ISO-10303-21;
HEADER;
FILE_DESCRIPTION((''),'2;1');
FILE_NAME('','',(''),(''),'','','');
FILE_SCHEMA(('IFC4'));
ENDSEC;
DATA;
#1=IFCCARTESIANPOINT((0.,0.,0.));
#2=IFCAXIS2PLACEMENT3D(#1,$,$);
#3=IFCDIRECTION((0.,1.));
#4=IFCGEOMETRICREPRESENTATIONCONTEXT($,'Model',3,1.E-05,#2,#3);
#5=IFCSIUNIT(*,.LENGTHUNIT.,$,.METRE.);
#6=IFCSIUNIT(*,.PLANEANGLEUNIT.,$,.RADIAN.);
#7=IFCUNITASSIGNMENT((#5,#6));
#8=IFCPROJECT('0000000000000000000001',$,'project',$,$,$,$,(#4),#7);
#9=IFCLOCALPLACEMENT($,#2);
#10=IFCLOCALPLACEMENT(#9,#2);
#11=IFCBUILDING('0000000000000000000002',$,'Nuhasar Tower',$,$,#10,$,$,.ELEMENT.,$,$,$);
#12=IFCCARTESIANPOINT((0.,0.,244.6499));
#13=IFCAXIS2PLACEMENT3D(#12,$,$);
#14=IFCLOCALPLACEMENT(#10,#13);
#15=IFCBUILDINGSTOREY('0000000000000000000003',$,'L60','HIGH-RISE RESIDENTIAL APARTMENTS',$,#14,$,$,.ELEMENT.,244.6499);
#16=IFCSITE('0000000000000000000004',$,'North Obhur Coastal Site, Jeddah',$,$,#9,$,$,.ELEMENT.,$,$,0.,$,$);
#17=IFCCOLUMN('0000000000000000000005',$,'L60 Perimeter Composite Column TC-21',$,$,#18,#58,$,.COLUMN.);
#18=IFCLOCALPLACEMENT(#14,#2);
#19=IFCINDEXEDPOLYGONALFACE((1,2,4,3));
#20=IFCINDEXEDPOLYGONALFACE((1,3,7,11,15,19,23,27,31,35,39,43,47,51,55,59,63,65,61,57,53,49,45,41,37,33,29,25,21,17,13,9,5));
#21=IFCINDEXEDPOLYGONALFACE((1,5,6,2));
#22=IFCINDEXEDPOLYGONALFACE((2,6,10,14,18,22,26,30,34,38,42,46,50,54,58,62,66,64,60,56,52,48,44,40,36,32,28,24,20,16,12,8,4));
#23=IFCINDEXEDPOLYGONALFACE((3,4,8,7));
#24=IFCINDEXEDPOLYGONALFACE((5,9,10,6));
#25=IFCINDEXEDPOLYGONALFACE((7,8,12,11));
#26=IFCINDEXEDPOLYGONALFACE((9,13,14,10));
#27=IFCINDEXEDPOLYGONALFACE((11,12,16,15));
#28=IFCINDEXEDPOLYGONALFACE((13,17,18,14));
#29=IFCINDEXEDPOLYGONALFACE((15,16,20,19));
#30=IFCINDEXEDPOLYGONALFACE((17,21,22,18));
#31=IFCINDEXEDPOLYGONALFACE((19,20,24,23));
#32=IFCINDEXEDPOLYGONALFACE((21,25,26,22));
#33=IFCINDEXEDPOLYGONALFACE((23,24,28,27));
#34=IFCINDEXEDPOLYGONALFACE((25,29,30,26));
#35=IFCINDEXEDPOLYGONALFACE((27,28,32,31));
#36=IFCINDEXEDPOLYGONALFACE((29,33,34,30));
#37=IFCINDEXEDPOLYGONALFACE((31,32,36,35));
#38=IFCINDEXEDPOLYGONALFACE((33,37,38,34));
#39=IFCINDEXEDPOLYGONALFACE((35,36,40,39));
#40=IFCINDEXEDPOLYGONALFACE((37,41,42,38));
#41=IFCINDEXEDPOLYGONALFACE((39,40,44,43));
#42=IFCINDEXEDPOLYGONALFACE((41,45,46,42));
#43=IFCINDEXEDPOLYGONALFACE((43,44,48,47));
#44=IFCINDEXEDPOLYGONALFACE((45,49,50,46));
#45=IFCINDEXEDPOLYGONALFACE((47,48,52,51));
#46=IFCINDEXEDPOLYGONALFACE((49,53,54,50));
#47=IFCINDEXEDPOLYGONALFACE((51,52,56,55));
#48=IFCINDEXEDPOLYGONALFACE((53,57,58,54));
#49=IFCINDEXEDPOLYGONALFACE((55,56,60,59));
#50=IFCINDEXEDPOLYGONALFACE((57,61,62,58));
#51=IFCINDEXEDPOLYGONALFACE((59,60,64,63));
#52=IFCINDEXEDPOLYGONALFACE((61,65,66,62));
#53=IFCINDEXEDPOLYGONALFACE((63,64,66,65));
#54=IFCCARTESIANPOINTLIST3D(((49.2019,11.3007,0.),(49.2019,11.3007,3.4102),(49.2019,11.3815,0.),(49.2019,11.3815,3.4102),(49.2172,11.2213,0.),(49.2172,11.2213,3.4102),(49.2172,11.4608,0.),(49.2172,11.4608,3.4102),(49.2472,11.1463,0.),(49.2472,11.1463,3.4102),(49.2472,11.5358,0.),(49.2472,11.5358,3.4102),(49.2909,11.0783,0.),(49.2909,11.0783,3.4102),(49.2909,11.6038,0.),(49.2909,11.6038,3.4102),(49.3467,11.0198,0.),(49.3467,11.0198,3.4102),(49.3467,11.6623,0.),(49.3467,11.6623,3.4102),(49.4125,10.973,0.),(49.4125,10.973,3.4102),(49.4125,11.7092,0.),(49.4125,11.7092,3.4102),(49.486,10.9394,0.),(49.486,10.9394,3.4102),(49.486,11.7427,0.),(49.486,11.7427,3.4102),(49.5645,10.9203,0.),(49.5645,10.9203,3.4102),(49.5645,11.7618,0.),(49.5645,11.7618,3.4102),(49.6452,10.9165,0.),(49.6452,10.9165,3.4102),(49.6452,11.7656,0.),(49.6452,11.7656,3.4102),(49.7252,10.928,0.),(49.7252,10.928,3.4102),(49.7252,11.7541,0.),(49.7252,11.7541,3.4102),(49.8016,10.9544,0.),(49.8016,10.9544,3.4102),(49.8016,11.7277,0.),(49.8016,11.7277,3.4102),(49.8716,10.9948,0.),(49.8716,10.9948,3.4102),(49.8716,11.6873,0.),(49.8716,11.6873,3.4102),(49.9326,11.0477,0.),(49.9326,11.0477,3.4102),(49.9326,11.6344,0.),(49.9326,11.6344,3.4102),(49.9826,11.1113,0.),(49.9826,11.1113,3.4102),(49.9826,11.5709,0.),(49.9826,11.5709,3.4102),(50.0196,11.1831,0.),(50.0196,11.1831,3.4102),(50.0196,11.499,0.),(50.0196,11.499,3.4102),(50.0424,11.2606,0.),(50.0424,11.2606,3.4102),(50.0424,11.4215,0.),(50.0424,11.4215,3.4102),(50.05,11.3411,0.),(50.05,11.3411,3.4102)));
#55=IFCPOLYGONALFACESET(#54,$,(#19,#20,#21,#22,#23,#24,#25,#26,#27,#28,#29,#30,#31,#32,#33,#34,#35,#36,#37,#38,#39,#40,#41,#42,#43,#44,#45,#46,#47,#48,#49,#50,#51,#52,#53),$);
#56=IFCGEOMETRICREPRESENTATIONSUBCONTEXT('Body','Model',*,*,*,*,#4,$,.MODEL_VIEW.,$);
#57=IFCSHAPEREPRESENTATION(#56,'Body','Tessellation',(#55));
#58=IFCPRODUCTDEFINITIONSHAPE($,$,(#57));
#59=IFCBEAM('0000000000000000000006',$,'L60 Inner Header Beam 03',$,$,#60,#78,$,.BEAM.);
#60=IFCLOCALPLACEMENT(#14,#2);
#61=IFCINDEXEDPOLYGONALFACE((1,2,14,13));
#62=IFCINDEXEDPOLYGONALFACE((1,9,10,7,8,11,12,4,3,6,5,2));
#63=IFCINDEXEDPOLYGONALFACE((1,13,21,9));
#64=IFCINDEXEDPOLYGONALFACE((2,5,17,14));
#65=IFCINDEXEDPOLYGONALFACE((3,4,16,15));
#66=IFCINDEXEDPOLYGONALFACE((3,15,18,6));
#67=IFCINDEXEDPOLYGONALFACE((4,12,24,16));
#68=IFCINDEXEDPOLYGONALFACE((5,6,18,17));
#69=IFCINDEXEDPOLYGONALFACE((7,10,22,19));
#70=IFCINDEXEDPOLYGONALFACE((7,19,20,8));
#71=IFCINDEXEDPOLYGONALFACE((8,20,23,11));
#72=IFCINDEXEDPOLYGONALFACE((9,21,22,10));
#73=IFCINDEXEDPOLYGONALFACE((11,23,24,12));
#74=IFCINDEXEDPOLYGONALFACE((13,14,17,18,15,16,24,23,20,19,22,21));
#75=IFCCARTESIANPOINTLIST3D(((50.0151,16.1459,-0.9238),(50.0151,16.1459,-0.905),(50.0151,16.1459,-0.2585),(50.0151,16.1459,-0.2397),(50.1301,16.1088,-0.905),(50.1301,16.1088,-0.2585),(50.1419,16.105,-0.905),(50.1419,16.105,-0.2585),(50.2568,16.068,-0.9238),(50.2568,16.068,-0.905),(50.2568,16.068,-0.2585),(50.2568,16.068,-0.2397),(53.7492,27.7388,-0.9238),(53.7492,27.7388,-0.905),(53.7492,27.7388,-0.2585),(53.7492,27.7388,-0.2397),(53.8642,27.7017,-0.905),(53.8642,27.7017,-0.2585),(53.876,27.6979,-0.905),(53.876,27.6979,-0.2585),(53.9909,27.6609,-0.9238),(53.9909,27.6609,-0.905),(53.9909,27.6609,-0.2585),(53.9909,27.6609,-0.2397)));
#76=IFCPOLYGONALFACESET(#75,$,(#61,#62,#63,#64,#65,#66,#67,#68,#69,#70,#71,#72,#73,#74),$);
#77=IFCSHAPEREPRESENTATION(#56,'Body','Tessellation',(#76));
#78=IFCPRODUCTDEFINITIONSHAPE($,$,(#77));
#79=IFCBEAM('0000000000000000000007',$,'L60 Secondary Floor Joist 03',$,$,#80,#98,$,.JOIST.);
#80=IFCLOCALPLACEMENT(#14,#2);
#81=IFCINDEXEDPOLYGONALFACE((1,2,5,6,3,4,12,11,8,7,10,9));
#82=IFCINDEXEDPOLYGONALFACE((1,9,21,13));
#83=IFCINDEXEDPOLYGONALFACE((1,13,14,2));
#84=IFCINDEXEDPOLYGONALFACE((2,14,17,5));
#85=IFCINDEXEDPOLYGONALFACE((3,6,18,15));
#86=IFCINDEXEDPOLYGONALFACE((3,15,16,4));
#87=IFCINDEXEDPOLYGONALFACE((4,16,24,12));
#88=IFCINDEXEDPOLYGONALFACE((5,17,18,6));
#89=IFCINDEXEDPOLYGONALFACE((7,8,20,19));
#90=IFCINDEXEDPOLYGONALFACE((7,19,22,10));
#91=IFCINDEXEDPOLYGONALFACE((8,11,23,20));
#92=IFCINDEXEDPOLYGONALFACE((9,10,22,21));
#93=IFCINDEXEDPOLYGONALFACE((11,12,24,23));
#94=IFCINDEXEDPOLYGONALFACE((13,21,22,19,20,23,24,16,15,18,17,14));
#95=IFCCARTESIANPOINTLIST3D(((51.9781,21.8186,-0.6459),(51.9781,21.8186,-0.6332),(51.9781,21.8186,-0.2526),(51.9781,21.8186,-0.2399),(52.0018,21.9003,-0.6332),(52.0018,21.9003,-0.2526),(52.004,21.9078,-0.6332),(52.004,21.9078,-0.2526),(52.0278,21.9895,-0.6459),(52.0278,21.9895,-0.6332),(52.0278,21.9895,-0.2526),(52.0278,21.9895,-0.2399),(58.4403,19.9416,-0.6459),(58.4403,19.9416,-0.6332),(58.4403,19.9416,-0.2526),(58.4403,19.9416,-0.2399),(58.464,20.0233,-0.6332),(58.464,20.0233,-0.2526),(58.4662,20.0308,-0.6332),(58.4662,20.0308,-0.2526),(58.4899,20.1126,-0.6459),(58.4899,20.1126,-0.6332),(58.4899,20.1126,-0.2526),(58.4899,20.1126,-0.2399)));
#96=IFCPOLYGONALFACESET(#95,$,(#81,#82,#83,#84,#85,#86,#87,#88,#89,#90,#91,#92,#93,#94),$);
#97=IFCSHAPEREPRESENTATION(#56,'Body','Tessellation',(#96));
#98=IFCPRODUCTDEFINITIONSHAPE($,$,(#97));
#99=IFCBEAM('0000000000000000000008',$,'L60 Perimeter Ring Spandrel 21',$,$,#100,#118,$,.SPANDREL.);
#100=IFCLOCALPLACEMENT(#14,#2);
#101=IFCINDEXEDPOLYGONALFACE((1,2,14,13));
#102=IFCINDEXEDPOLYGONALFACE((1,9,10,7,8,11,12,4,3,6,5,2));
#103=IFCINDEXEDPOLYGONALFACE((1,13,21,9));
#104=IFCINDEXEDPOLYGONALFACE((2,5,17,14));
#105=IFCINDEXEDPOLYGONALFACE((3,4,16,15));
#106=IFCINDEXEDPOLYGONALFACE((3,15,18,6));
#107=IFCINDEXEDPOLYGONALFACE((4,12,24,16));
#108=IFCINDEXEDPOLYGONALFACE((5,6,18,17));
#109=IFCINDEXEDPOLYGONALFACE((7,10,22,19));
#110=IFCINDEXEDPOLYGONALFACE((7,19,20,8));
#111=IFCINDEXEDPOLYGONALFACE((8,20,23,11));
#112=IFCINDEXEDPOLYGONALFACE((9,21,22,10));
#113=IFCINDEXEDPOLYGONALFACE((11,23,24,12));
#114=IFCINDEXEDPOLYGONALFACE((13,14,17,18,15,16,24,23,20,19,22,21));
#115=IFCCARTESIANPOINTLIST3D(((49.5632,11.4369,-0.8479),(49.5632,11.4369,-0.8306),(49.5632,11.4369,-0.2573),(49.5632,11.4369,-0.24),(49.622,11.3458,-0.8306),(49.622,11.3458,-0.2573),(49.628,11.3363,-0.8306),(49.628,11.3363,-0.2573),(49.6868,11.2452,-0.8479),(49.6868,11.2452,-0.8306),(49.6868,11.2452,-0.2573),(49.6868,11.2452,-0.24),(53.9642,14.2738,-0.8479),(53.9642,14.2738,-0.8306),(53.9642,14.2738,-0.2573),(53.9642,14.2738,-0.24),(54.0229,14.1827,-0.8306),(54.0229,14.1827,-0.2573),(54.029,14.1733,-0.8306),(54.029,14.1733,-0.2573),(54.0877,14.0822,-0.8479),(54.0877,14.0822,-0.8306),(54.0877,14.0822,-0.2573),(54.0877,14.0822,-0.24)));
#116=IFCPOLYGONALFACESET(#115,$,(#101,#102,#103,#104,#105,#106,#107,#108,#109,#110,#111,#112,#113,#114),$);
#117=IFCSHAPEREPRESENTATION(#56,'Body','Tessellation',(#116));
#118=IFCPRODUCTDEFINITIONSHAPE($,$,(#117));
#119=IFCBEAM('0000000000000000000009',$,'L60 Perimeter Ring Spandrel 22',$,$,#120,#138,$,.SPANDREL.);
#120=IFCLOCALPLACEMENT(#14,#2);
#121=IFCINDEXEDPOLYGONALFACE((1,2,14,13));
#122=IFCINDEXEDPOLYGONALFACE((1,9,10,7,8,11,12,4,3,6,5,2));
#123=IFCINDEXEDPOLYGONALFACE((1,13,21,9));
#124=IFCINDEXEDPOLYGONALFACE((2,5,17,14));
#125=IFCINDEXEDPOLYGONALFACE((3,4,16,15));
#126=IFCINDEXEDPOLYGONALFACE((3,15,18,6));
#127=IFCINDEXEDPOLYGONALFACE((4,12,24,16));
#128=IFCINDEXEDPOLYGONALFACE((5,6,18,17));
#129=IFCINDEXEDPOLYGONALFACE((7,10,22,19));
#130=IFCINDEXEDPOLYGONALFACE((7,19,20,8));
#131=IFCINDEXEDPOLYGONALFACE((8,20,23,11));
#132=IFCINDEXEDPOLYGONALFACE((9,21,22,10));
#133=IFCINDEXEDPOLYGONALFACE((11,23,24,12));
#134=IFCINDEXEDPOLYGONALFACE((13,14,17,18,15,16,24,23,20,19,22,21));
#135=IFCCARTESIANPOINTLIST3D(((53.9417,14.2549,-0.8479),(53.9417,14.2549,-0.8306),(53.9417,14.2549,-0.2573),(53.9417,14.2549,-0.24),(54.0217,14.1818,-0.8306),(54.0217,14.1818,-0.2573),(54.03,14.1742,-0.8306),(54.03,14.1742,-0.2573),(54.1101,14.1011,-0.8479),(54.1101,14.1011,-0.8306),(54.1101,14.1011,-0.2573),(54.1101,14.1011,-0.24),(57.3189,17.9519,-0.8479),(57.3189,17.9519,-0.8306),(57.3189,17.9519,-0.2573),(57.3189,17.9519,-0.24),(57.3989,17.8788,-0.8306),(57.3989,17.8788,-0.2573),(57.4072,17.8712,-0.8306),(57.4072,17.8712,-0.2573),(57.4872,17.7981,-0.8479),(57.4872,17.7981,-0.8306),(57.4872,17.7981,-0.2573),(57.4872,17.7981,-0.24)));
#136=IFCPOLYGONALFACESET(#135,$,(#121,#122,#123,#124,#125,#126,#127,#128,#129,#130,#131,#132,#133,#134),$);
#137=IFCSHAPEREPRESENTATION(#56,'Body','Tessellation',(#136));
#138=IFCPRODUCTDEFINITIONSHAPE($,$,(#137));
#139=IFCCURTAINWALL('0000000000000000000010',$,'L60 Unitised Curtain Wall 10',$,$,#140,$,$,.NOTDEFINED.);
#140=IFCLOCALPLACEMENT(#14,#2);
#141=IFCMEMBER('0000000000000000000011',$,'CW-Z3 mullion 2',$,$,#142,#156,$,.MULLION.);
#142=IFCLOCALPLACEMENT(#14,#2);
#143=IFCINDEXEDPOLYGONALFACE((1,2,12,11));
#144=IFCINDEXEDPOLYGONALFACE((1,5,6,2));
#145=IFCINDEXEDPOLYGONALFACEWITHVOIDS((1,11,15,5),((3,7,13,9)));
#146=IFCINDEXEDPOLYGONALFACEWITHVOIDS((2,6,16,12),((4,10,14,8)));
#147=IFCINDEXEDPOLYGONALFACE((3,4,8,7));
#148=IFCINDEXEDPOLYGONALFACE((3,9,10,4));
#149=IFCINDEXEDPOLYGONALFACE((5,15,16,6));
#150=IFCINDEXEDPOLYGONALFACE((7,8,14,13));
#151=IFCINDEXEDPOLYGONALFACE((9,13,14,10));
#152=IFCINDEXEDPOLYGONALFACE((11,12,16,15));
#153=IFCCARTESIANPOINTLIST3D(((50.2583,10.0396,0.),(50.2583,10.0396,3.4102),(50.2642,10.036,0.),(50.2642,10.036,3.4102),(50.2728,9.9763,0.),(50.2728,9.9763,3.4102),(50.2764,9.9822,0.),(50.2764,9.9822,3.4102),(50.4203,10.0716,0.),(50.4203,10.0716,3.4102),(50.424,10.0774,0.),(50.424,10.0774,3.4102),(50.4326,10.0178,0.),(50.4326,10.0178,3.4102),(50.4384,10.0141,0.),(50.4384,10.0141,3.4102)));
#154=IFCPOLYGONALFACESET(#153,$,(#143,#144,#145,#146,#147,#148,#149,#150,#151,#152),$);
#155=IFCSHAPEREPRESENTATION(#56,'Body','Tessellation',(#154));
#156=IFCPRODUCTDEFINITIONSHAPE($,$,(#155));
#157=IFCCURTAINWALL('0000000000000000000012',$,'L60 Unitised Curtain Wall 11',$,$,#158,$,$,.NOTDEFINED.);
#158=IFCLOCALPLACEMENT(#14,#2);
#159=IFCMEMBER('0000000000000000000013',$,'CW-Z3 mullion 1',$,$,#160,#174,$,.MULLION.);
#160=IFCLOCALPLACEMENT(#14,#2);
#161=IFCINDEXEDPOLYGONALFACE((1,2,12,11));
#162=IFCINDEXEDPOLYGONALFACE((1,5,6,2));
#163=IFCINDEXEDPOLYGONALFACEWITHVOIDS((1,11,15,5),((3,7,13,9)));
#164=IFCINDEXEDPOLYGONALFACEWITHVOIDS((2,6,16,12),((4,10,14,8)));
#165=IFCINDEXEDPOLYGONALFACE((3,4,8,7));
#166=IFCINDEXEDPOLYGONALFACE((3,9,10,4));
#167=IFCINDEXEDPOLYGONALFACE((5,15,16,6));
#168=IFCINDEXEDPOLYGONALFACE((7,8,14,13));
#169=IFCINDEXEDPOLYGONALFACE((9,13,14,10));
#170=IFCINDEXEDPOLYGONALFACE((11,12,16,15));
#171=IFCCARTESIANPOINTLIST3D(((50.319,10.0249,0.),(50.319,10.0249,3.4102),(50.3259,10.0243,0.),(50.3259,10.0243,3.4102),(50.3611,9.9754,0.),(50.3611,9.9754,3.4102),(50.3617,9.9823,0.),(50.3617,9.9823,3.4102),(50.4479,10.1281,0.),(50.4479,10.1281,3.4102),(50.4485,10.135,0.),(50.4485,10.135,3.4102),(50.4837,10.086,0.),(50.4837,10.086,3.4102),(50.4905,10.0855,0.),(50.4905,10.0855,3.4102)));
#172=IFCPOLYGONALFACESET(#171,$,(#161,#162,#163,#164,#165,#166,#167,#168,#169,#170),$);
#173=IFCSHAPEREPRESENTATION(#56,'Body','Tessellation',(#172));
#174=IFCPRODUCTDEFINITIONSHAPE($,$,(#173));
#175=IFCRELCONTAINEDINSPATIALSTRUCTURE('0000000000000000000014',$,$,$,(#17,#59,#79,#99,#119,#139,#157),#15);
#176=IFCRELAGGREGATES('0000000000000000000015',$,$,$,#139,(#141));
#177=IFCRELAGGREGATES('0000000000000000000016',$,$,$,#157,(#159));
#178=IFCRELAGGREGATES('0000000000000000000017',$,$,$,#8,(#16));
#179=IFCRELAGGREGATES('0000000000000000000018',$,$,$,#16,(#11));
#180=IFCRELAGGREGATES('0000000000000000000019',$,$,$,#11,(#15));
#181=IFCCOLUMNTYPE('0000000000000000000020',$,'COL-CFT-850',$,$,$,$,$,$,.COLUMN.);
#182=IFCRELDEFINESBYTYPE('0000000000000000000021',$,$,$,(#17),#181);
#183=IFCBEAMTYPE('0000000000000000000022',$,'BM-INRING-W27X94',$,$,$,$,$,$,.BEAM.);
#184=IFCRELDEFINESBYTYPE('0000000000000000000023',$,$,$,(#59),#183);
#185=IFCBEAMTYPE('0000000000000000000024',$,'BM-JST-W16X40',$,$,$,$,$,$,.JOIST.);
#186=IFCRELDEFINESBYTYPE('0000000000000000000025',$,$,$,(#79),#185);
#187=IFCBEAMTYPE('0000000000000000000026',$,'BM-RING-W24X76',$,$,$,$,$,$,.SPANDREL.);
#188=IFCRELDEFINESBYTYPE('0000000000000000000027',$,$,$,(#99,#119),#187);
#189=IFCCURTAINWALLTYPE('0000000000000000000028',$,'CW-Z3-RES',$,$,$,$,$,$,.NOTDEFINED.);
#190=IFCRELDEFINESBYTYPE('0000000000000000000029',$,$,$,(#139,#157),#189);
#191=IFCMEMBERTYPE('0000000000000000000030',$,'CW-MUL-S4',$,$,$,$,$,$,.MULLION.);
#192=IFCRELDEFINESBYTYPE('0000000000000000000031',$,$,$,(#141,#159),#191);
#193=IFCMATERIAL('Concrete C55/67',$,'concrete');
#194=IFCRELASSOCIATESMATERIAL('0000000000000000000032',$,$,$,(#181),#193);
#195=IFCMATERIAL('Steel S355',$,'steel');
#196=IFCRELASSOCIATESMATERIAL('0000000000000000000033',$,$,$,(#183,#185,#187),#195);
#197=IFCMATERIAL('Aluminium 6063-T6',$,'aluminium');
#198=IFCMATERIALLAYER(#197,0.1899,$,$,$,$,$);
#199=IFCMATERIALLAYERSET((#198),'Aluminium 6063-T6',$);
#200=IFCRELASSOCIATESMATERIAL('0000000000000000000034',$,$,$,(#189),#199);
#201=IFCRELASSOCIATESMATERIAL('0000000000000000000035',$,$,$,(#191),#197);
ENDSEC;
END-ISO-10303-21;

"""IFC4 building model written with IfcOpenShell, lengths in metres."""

from ifc_helpers import new_model, si_unit, direction, frame, origin, origin_2d, place, context, subcontext, project, spatial, hollow_rectangle, circle, i_section, extrude, material, layer, layer_set, material_profile, profile_set, type_object, element, aggregate, save


model = new_model("IFC4")

# Units and contexts
model_context = context("Model", 3, precision=1e-05, world=origin(), true_north=direction((0.0, 1.0)))
body_context = subcontext(model_context, "Body", "Model", "MODEL_VIEW")
ifc_project = project(units=[si_unit("LENGTHUNIT", "METRE"), si_unit("PLANEANGLEUNIT", "RADIAN")], contexts=[model_context])

# Site, building, storey
site_placement = place(None, origin())
site = spatial("IfcSite", under=ifc_project, at=site_placement, Name="North Obhur Coastal Site, Jeddah", CompositionType="ELEMENT", RefElevation=0.0)
building_placement = place(site_placement, origin())
building = spatial("IfcBuilding", under=site, at=building_placement, Name="Nuhasar Tower", CompositionType="ELEMENT")
storey_placement = place(building_placement, frame((0.0, 0.0, 244.6499)))
storey = spatial("IfcBuildingStorey", under=building, at=storey_placement, Name="L60", Description="HIGH-RISE RESIDENTIAL APARTMENTS", CompositionType="ELEMENT", Elevation=244.6499)

# Column
ifc_material_1 = material(Name="Concrete C55/67", Category="concrete")
ifc_material_profile_1 = material_profile(ifc_material_1, circle(Radius=0.425, at=origin_2d()), Name="CFT850")
ifc_profile_set_1 = profile_set([ifc_material_profile_1], Name="Concrete C55/67")
column_type = type_object("IfcColumnType", Name="COL-CFT-850", PredefinedType="COLUMN", material=ifc_profile_set_1)
column_placement = place(storey_placement, frame((49.625, 11.3411, 0.0), z_axis=(0.0, 0.0, 1.0), x_axis=(1.0, 0.0, 0.0)))
element("IfcColumn", 1, at=column_placement, inside=storey, type_object=column_type, Name="L60 Perimeter Composite Column TC-21", PredefinedType="COLUMN", context=body_context, shape_type="SweptSolid", body=[
    extrude(circle(Radius=0.425, at=origin_2d()), origin(), (0.0, 0.0, 1.0), 3.4102),
])

# Beams
ifc_material_2 = material(Name="Steel S355", Category="steel")
ifc_material_profile_2 = material_profile(ifc_material_2, i_section(OverallWidth=0.2539, OverallDepth=0.6841, WebThickness=0.0125, FlangeThickness=0.0188, at=origin_2d()), Name="W27X94")
ifc_profile_set_2 = profile_set([ifc_material_profile_2], Name="Steel S355")
beam_type_1 = type_object("IfcBeamType", Name="BM-INRING-W27X94", PredefinedType="BEAM", material=ifc_profile_set_2)
beam_1_placement = place(storey_placement, frame((50.136, 16.1069, -0.5818), z_axis=(0.30659, 0.951842, 0.0), x_axis=(-0.951842, 0.30659, 0.0)))
element("IfcBeam", 2, at=beam_1_placement, inside=storey, type_object=beam_type_1, Name="L60 Inner Header Beam 03", PredefinedType="BEAM", context=body_context, shape_type="SweptSolid", body=[
    extrude(i_section(OverallWidth=0.2539, OverallDepth=0.6841, WebThickness=0.0125, FlangeThickness=0.0188, at=origin_2d()), origin(), (0.0, 0.0, 1.0), 12.1794),
])
ifc_material_profile_3 = material_profile(ifc_material_2, i_section(OverallWidth=0.178, OverallDepth=0.406, WebThickness=0.0078, FlangeThickness=0.0127, at=origin_2d()), Name="W16X40")
ifc_profile_set_3 = profile_set([ifc_material_profile_3], Name="Steel S355")
beam_type_2 = type_object("IfcBeamType", Name="BM-JST-W16X40", PredefinedType="JOIST", material=ifc_profile_set_3)
beam_2_placement = place(storey_placement, frame((52.0029, 21.9041, -0.4429), z_axis=(0.960313, -0.278926, 0.0), x_axis=(0.278926, 0.960313, 0.0)))
element("IfcBeam", 3, at=beam_2_placement, inside=storey, type_object=beam_type_2, Name="L60 Secondary Floor Joist 03", PredefinedType="JOIST", context=body_context, shape_type="SweptSolid", body=[
    extrude(i_section(OverallWidth=0.178, OverallDepth=0.406, WebThickness=0.0078, FlangeThickness=0.0127, at=origin_2d()), origin(), (0.0, 0.0, 1.0), 6.7292),
])
ifc_material_profile_4 = material_profile(ifc_material_2, i_section(OverallWidth=0.228, OverallDepth=0.6079, WebThickness=0.0112, FlangeThickness=0.0173, at=origin_2d()), Name="W24X76")
ifc_profile_set_4 = profile_set([ifc_material_profile_4], Name="Steel S355")
beam_type_3 = type_object("IfcBeamType", Name="BM-RING-W24X76", PredefinedType="SPANDREL", material=ifc_profile_set_4)
beam_3_placement = place(storey_placement, frame((49.625, 11.3411, -0.5439), z_axis=(0.840502, 0.541808, 0.0), x_axis=(-0.541808, 0.840502, 0.0)))
element("IfcBeam", 4, at=beam_3_placement, inside=storey, type_object=beam_type_3, Name="L60 Perimeter Ring Spandrel 21", PredefinedType="SPANDREL", context=body_context, shape_type="SweptSolid", body=[
    extrude(i_section(OverallWidth=0.228, OverallDepth=0.6079, WebThickness=0.0112, FlangeThickness=0.0173, at=origin_2d()), origin(), (0.0, 0.0, 1.0), 5.2361),
])
beam_4_placement = place(storey_placement, frame((54.0259, 14.178, -0.5439), z_axis=(0.67445, 0.738321, 0.0), x_axis=(-0.738321, 0.67445, 0.0)))
element("IfcBeam", 5, at=beam_4_placement, inside=storey, type_object=beam_type_3, Name="L60 Perimeter Ring Spandrel 22", PredefinedType="SPANDREL", context=body_context, shape_type="SweptSolid", body=[
    extrude(i_section(OverallWidth=0.228, OverallDepth=0.6079, WebThickness=0.0112, FlangeThickness=0.0173, at=origin_2d()), origin(), (0.0, 0.0, 1.0), 5.0073),
])

# Curtain wall, member
ifc_material_3 = material(Name="Aluminium 6063-T6", Category="aluminium")
ifc_layer_1 = layer(ifc_material_3, 0.1899)
ifc_layer_set_1 = layer_set([ifc_layer_1], Name="Aluminium 6063-T6")
curtain_wall_type = type_object("IfcCurtainWallType", Name="CW-Z3-RES", PredefinedType="NOTDEFINED", material=ifc_layer_set_1)
curtain_wall_1_placement = place(storey_placement, origin())
curtain_wall_1 = element("IfcCurtainWall", 6, at=curtain_wall_1_placement, inside=storey, type_object=curtain_wall_type, Name="L60 Unitised Curtain Wall 10", PredefinedType="NOTDEFINED")
ifc_material_profile_5 = material_profile(ifc_material_3, hollow_rectangle(XDim=0.0649, YDim=0.1699, WallThickness=0.0049, at=origin_2d()), Name="CWM-4")
ifc_profile_set_5 = profile_set([ifc_material_profile_5], Name="Aluminium 6063-T6")
member_type_1 = type_object("IfcMemberType", Name="CW-MUL-S4", PredefinedType="MULLION", material=ifc_profile_set_5)
member_1_placement = place(storey_placement, frame((50.3484, 10.0269, 0.0), z_axis=(0.0, 0.0, 1.0), x_axis=(-0.222243, 0.974991, 0.0)))
member_1 = element("IfcMember", 7, at=member_1_placement, type_object=member_type_1, Name="CW-Z3 mullion 2", PredefinedType="MULLION", context=body_context, shape_type="SweptSolid", body=[
    extrude(hollow_rectangle(XDim=0.0649, YDim=0.1699, WallThickness=0.0049, at=origin_2d()), origin(), (0.0, 0.0, 1.0), 3.4102),
])
aggregate(curtain_wall_1, [member_1])

# Curtain wall, member
curtain_wall_2_placement = place(storey_placement, origin())
curtain_wall_2 = element("IfcCurtainWall", 8, at=curtain_wall_2_placement, inside=storey, type_object=curtain_wall_type, Name="L60 Unitised Curtain Wall 11", PredefinedType="NOTDEFINED")
member_2_placement = place(storey_placement, frame((50.4048, 10.0552, 0.0), z_axis=(0.0, 0.0, 1.0), x_axis=(-0.647895, 0.761729, 0.0)))
member_2 = element("IfcMember", 9, at=member_2_placement, type_object=member_type_1, Name="CW-Z3 mullion 1", PredefinedType="MULLION", context=body_context, shape_type="SweptSolid", body=[
    extrude(hollow_rectangle(XDim=0.0649, YDim=0.1699, WallThickness=0.0049, at=origin_2d()), origin(), (0.0, 0.0, 1.0), 3.4102),
])
aggregate(curtain_wall_2, [member_2])

save(model, "model.ifc")
